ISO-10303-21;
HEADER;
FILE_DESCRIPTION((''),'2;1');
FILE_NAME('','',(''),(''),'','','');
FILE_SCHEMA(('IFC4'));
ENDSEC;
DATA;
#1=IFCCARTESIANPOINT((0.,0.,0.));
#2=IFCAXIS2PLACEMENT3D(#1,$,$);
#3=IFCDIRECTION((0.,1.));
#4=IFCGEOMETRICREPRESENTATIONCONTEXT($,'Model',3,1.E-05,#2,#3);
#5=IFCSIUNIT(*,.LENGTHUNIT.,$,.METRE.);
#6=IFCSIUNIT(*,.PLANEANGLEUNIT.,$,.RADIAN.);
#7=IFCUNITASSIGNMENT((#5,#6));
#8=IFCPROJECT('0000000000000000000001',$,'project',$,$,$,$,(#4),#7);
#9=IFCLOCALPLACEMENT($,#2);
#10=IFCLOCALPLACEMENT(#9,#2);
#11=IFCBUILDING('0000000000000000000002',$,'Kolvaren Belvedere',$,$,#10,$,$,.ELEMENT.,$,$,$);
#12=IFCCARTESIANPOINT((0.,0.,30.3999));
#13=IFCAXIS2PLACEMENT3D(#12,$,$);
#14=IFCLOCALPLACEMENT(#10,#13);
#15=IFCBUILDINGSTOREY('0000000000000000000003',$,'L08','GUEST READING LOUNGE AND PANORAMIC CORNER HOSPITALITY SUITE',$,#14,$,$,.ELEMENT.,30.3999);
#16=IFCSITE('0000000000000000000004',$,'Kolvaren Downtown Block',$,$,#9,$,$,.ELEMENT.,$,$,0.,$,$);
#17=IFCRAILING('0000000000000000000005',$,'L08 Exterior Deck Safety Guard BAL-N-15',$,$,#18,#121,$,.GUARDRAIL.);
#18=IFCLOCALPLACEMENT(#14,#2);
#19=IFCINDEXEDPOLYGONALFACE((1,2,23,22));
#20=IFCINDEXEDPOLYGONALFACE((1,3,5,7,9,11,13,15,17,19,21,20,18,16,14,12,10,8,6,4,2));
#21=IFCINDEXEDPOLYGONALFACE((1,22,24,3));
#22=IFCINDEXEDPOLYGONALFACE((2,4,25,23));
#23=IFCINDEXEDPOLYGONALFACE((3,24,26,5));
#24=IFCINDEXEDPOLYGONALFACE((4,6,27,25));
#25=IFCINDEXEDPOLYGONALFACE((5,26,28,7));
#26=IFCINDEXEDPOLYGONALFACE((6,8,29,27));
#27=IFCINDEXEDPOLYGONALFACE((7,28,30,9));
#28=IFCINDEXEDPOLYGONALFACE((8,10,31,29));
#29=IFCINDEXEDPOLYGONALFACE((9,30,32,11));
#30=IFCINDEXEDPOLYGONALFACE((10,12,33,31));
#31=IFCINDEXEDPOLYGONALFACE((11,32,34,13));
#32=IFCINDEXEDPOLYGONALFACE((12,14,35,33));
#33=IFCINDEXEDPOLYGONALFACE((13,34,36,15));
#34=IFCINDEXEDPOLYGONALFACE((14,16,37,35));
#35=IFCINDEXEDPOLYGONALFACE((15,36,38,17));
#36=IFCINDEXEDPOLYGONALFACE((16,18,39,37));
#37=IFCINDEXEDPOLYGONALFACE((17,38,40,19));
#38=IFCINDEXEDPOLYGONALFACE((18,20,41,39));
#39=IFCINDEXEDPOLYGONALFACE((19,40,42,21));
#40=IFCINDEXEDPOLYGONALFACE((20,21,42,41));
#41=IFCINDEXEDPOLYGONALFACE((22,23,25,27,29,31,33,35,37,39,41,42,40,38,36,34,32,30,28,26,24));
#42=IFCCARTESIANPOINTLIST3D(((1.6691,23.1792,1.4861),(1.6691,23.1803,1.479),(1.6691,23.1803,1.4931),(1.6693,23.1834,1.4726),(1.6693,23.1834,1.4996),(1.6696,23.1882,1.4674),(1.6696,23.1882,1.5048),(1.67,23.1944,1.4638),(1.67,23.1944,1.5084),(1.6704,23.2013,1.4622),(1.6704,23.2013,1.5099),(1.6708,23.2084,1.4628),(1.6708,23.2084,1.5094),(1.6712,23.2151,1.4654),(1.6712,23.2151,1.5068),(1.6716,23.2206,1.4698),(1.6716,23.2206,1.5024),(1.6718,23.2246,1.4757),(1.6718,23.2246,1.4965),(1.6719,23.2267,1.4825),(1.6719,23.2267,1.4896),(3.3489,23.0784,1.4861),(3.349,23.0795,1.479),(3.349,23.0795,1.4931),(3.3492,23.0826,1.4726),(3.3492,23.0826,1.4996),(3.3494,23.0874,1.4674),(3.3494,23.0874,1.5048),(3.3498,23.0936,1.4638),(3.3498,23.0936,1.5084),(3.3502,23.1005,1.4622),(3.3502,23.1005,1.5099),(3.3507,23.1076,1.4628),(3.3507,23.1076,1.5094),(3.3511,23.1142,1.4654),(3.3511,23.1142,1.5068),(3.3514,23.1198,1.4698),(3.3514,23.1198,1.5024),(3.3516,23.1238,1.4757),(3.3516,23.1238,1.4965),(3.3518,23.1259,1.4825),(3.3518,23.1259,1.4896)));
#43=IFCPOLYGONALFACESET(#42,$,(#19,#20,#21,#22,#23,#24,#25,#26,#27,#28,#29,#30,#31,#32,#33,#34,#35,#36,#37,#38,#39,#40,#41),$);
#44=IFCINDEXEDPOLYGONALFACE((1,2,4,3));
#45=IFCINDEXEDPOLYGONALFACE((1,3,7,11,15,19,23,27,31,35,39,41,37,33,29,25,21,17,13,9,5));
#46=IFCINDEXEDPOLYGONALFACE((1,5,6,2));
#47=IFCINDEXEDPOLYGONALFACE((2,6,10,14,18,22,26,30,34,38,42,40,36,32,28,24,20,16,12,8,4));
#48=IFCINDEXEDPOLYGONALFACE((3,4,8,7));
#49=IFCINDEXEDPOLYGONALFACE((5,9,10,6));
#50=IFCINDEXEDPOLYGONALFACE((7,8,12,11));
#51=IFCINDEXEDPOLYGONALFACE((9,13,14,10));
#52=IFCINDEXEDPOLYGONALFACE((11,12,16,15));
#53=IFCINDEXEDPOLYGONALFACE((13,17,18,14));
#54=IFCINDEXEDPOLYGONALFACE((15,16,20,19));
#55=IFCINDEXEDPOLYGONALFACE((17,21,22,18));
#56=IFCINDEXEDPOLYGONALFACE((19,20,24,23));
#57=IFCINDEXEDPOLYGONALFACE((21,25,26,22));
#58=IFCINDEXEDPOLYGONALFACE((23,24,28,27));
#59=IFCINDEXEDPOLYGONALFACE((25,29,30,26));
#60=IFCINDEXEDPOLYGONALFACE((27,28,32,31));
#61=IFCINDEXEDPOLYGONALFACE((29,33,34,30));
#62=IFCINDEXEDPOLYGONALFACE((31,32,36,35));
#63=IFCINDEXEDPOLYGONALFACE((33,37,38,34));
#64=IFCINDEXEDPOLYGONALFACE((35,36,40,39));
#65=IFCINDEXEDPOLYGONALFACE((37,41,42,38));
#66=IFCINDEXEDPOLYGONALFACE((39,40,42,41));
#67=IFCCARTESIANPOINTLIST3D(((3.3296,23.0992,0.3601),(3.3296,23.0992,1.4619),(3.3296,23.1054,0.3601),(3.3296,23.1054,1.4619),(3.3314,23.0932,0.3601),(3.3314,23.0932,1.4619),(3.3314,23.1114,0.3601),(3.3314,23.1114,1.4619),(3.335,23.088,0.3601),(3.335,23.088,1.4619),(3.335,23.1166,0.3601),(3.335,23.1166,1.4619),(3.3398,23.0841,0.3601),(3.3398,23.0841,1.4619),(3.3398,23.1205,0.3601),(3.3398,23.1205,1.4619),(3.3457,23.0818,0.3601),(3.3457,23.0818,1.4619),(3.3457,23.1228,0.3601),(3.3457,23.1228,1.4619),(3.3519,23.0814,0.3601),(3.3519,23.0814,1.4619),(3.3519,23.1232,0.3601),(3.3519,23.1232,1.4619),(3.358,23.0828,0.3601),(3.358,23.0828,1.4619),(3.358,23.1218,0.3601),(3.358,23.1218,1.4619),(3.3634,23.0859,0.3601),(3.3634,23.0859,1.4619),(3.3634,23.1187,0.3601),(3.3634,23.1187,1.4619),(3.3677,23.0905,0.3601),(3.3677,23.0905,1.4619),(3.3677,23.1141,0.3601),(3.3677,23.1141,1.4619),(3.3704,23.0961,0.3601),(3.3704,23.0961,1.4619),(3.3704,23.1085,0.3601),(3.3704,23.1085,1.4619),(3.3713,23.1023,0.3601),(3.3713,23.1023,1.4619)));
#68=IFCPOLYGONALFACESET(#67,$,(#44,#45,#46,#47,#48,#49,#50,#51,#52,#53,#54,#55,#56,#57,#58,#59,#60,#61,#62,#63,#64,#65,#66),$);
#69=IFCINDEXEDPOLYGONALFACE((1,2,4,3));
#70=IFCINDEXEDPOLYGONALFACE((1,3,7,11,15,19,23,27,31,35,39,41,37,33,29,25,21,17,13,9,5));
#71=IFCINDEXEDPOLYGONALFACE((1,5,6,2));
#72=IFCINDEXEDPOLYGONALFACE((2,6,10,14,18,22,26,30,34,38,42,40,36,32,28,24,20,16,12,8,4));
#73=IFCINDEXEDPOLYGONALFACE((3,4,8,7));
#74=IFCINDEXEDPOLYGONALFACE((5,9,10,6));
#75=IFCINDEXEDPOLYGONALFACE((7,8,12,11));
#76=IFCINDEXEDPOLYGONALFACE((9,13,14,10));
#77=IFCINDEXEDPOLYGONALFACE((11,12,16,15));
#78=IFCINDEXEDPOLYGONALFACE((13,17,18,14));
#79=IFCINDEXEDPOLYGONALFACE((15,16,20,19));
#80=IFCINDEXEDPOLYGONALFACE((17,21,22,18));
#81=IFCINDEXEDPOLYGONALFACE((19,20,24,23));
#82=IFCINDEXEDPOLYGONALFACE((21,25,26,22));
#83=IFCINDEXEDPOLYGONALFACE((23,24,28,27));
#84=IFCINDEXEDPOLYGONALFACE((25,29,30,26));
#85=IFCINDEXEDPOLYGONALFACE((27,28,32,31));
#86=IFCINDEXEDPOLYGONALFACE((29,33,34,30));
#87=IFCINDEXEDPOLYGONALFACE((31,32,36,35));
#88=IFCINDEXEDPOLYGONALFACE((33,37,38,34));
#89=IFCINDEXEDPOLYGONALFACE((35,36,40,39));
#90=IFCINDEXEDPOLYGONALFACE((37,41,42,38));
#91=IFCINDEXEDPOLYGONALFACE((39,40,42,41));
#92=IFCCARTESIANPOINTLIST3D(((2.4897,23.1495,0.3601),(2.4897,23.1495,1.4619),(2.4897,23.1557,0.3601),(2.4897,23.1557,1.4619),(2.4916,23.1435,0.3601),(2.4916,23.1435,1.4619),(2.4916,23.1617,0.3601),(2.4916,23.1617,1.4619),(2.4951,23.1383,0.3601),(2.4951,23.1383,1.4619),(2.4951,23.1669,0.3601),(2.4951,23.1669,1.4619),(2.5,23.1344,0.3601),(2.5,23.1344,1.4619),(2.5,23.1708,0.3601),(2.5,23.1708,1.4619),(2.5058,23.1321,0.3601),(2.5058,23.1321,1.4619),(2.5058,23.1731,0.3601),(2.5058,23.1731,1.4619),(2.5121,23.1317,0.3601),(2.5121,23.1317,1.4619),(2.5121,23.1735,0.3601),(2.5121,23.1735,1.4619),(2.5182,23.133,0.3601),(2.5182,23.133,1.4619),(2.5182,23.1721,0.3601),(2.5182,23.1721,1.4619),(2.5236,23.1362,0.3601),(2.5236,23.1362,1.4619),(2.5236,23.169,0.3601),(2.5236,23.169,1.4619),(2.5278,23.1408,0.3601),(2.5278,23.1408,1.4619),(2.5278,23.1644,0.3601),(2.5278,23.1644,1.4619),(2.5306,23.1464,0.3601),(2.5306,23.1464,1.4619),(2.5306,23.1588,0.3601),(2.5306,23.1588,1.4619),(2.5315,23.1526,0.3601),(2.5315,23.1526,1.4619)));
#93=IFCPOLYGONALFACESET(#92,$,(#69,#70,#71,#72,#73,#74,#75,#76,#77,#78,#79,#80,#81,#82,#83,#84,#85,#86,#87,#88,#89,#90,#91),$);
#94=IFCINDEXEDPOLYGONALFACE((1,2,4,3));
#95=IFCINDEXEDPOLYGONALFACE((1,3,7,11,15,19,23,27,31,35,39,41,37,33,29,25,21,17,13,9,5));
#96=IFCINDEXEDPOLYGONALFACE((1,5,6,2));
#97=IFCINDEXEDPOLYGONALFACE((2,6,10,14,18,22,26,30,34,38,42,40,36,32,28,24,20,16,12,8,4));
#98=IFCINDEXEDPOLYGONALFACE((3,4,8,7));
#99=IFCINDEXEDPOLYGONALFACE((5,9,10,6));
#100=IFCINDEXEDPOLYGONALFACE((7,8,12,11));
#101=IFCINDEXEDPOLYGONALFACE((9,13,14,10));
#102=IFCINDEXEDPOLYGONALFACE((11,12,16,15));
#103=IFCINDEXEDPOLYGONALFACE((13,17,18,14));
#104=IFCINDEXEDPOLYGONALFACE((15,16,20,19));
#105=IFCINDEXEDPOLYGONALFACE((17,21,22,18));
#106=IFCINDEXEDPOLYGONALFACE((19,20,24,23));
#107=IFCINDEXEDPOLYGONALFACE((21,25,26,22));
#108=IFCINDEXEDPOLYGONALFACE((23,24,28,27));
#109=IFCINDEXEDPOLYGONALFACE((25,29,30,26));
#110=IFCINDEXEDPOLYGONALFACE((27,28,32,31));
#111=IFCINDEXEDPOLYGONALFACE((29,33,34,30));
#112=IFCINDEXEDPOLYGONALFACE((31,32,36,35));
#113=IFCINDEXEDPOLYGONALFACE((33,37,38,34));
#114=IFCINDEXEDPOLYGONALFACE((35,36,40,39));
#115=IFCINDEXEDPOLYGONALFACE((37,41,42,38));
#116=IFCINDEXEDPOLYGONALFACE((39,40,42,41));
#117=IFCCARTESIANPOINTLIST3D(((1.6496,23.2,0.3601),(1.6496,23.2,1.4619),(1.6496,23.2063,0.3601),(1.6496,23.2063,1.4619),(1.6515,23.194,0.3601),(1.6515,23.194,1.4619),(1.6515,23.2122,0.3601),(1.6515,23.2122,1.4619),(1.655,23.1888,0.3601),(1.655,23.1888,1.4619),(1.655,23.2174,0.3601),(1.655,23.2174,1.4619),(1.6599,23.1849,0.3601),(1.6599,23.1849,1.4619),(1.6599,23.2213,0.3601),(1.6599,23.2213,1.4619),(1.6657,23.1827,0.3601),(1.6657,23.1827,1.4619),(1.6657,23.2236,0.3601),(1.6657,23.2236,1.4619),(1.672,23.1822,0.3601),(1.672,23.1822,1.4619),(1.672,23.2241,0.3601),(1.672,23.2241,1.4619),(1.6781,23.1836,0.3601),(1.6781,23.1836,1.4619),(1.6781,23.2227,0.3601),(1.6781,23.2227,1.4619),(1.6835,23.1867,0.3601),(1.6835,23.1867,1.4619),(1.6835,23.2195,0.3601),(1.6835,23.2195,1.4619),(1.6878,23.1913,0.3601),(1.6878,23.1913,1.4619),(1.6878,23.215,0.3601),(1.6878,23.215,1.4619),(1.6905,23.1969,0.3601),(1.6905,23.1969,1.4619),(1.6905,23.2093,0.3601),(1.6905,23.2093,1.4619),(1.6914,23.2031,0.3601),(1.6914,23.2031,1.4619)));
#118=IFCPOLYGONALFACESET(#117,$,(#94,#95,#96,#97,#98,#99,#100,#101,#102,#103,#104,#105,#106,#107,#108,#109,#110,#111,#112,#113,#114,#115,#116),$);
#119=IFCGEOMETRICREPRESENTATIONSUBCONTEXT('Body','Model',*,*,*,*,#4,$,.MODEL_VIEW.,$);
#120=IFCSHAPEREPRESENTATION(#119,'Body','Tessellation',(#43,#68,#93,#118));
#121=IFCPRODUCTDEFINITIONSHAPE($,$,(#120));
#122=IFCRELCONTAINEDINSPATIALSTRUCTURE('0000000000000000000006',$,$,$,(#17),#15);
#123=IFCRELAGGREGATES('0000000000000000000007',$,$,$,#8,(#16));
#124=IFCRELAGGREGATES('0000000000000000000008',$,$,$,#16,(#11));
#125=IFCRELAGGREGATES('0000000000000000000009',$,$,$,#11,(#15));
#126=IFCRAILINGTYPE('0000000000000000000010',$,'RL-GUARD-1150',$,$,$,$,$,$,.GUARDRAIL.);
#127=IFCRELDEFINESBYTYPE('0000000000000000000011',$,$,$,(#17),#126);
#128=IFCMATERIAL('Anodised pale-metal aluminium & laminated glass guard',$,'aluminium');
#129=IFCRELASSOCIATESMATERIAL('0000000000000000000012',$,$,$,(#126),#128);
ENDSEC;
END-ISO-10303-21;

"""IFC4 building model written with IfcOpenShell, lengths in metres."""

from ifc_helpers import new_model, si_unit, direction, frame, origin, origin_2d, place, context, subcontext, project, spatial, circle, extrude, material, type_object, element, save


model = new_model("IFC4")

# Units and contexts
model_context = context("Model", 3, precision=1e-05, world=origin(), true_north=direction((0.0, 1.0)))
body_context = subcontext(model_context, "Body", "Model", "MODEL_VIEW")
ifc_project = project(units=[si_unit("LENGTHUNIT", "METRE"), si_unit("PLANEANGLEUNIT", "RADIAN")], contexts=[model_context])

# Site, building, storey
site_placement = place(None, origin())
site = spatial("IfcSite", under=ifc_project, at=site_placement, Name="Kolvaren Downtown Block", CompositionType="ELEMENT", RefElevation=0.0)
building_placement = place(site_placement, origin())
building = spatial("IfcBuilding", under=site, at=building_placement, Name="Kolvaren Belvedere", CompositionType="ELEMENT")
storey_placement = place(building_placement, frame((0.0, 0.0, 30.3999)))
storey = spatial("IfcBuildingStorey", under=building, at=storey_placement, Name="L08", Description="GUEST READING LOUNGE AND PANORAMIC CORNER HOSPITALITY SUITE", CompositionType="ELEMENT", Elevation=30.3999)

# Railing
ifc_material_1 = material(Name="Anodised pale-metal aluminium & laminated glass guard", Category="aluminium")
railing_type = type_object("IfcRailingType", Name="RL-GUARD-1150", PredefinedType="GUARDRAIL", material=ifc_material_1)
railing_1_placement = place(storey_placement, frame((3.3503, 23.1023, 0.3601)))
element("IfcRailing", 1, at=railing_1_placement, inside=storey, type_object=railing_type, Name="L08 Exterior Deck Safety Guard BAL-N-15", PredefinedType="GUARDRAIL", context=body_context, shape_type="SweptSolid", body=[
    extrude(circle(Radius=0.0239, at=origin_2d()), frame((0.0, 0.0, 1.126), z_axis=(-0.998204, 0.059913, 0.0), x_axis=(-0.059913, -0.998204, 0.0)), (0.0, 0.0, 1.0), 1.6829),
    extrude(circle(Radius=0.021, at=origin_2d()), origin(), (0.0, 0.0, 1.0), 1.1018),
    extrude(circle(Radius=0.021, at=origin_2d()), frame((-0.8398, 0.0503, 0.0)), (0.0, 0.0, 1.0), 1.1018),
    extrude(circle(Radius=0.021, at=origin_2d()), frame((-1.6799, 0.1008, 0.0)), (0.0, 0.0, 1.0), 1.1018),
])

save(model, "model.ifc")
